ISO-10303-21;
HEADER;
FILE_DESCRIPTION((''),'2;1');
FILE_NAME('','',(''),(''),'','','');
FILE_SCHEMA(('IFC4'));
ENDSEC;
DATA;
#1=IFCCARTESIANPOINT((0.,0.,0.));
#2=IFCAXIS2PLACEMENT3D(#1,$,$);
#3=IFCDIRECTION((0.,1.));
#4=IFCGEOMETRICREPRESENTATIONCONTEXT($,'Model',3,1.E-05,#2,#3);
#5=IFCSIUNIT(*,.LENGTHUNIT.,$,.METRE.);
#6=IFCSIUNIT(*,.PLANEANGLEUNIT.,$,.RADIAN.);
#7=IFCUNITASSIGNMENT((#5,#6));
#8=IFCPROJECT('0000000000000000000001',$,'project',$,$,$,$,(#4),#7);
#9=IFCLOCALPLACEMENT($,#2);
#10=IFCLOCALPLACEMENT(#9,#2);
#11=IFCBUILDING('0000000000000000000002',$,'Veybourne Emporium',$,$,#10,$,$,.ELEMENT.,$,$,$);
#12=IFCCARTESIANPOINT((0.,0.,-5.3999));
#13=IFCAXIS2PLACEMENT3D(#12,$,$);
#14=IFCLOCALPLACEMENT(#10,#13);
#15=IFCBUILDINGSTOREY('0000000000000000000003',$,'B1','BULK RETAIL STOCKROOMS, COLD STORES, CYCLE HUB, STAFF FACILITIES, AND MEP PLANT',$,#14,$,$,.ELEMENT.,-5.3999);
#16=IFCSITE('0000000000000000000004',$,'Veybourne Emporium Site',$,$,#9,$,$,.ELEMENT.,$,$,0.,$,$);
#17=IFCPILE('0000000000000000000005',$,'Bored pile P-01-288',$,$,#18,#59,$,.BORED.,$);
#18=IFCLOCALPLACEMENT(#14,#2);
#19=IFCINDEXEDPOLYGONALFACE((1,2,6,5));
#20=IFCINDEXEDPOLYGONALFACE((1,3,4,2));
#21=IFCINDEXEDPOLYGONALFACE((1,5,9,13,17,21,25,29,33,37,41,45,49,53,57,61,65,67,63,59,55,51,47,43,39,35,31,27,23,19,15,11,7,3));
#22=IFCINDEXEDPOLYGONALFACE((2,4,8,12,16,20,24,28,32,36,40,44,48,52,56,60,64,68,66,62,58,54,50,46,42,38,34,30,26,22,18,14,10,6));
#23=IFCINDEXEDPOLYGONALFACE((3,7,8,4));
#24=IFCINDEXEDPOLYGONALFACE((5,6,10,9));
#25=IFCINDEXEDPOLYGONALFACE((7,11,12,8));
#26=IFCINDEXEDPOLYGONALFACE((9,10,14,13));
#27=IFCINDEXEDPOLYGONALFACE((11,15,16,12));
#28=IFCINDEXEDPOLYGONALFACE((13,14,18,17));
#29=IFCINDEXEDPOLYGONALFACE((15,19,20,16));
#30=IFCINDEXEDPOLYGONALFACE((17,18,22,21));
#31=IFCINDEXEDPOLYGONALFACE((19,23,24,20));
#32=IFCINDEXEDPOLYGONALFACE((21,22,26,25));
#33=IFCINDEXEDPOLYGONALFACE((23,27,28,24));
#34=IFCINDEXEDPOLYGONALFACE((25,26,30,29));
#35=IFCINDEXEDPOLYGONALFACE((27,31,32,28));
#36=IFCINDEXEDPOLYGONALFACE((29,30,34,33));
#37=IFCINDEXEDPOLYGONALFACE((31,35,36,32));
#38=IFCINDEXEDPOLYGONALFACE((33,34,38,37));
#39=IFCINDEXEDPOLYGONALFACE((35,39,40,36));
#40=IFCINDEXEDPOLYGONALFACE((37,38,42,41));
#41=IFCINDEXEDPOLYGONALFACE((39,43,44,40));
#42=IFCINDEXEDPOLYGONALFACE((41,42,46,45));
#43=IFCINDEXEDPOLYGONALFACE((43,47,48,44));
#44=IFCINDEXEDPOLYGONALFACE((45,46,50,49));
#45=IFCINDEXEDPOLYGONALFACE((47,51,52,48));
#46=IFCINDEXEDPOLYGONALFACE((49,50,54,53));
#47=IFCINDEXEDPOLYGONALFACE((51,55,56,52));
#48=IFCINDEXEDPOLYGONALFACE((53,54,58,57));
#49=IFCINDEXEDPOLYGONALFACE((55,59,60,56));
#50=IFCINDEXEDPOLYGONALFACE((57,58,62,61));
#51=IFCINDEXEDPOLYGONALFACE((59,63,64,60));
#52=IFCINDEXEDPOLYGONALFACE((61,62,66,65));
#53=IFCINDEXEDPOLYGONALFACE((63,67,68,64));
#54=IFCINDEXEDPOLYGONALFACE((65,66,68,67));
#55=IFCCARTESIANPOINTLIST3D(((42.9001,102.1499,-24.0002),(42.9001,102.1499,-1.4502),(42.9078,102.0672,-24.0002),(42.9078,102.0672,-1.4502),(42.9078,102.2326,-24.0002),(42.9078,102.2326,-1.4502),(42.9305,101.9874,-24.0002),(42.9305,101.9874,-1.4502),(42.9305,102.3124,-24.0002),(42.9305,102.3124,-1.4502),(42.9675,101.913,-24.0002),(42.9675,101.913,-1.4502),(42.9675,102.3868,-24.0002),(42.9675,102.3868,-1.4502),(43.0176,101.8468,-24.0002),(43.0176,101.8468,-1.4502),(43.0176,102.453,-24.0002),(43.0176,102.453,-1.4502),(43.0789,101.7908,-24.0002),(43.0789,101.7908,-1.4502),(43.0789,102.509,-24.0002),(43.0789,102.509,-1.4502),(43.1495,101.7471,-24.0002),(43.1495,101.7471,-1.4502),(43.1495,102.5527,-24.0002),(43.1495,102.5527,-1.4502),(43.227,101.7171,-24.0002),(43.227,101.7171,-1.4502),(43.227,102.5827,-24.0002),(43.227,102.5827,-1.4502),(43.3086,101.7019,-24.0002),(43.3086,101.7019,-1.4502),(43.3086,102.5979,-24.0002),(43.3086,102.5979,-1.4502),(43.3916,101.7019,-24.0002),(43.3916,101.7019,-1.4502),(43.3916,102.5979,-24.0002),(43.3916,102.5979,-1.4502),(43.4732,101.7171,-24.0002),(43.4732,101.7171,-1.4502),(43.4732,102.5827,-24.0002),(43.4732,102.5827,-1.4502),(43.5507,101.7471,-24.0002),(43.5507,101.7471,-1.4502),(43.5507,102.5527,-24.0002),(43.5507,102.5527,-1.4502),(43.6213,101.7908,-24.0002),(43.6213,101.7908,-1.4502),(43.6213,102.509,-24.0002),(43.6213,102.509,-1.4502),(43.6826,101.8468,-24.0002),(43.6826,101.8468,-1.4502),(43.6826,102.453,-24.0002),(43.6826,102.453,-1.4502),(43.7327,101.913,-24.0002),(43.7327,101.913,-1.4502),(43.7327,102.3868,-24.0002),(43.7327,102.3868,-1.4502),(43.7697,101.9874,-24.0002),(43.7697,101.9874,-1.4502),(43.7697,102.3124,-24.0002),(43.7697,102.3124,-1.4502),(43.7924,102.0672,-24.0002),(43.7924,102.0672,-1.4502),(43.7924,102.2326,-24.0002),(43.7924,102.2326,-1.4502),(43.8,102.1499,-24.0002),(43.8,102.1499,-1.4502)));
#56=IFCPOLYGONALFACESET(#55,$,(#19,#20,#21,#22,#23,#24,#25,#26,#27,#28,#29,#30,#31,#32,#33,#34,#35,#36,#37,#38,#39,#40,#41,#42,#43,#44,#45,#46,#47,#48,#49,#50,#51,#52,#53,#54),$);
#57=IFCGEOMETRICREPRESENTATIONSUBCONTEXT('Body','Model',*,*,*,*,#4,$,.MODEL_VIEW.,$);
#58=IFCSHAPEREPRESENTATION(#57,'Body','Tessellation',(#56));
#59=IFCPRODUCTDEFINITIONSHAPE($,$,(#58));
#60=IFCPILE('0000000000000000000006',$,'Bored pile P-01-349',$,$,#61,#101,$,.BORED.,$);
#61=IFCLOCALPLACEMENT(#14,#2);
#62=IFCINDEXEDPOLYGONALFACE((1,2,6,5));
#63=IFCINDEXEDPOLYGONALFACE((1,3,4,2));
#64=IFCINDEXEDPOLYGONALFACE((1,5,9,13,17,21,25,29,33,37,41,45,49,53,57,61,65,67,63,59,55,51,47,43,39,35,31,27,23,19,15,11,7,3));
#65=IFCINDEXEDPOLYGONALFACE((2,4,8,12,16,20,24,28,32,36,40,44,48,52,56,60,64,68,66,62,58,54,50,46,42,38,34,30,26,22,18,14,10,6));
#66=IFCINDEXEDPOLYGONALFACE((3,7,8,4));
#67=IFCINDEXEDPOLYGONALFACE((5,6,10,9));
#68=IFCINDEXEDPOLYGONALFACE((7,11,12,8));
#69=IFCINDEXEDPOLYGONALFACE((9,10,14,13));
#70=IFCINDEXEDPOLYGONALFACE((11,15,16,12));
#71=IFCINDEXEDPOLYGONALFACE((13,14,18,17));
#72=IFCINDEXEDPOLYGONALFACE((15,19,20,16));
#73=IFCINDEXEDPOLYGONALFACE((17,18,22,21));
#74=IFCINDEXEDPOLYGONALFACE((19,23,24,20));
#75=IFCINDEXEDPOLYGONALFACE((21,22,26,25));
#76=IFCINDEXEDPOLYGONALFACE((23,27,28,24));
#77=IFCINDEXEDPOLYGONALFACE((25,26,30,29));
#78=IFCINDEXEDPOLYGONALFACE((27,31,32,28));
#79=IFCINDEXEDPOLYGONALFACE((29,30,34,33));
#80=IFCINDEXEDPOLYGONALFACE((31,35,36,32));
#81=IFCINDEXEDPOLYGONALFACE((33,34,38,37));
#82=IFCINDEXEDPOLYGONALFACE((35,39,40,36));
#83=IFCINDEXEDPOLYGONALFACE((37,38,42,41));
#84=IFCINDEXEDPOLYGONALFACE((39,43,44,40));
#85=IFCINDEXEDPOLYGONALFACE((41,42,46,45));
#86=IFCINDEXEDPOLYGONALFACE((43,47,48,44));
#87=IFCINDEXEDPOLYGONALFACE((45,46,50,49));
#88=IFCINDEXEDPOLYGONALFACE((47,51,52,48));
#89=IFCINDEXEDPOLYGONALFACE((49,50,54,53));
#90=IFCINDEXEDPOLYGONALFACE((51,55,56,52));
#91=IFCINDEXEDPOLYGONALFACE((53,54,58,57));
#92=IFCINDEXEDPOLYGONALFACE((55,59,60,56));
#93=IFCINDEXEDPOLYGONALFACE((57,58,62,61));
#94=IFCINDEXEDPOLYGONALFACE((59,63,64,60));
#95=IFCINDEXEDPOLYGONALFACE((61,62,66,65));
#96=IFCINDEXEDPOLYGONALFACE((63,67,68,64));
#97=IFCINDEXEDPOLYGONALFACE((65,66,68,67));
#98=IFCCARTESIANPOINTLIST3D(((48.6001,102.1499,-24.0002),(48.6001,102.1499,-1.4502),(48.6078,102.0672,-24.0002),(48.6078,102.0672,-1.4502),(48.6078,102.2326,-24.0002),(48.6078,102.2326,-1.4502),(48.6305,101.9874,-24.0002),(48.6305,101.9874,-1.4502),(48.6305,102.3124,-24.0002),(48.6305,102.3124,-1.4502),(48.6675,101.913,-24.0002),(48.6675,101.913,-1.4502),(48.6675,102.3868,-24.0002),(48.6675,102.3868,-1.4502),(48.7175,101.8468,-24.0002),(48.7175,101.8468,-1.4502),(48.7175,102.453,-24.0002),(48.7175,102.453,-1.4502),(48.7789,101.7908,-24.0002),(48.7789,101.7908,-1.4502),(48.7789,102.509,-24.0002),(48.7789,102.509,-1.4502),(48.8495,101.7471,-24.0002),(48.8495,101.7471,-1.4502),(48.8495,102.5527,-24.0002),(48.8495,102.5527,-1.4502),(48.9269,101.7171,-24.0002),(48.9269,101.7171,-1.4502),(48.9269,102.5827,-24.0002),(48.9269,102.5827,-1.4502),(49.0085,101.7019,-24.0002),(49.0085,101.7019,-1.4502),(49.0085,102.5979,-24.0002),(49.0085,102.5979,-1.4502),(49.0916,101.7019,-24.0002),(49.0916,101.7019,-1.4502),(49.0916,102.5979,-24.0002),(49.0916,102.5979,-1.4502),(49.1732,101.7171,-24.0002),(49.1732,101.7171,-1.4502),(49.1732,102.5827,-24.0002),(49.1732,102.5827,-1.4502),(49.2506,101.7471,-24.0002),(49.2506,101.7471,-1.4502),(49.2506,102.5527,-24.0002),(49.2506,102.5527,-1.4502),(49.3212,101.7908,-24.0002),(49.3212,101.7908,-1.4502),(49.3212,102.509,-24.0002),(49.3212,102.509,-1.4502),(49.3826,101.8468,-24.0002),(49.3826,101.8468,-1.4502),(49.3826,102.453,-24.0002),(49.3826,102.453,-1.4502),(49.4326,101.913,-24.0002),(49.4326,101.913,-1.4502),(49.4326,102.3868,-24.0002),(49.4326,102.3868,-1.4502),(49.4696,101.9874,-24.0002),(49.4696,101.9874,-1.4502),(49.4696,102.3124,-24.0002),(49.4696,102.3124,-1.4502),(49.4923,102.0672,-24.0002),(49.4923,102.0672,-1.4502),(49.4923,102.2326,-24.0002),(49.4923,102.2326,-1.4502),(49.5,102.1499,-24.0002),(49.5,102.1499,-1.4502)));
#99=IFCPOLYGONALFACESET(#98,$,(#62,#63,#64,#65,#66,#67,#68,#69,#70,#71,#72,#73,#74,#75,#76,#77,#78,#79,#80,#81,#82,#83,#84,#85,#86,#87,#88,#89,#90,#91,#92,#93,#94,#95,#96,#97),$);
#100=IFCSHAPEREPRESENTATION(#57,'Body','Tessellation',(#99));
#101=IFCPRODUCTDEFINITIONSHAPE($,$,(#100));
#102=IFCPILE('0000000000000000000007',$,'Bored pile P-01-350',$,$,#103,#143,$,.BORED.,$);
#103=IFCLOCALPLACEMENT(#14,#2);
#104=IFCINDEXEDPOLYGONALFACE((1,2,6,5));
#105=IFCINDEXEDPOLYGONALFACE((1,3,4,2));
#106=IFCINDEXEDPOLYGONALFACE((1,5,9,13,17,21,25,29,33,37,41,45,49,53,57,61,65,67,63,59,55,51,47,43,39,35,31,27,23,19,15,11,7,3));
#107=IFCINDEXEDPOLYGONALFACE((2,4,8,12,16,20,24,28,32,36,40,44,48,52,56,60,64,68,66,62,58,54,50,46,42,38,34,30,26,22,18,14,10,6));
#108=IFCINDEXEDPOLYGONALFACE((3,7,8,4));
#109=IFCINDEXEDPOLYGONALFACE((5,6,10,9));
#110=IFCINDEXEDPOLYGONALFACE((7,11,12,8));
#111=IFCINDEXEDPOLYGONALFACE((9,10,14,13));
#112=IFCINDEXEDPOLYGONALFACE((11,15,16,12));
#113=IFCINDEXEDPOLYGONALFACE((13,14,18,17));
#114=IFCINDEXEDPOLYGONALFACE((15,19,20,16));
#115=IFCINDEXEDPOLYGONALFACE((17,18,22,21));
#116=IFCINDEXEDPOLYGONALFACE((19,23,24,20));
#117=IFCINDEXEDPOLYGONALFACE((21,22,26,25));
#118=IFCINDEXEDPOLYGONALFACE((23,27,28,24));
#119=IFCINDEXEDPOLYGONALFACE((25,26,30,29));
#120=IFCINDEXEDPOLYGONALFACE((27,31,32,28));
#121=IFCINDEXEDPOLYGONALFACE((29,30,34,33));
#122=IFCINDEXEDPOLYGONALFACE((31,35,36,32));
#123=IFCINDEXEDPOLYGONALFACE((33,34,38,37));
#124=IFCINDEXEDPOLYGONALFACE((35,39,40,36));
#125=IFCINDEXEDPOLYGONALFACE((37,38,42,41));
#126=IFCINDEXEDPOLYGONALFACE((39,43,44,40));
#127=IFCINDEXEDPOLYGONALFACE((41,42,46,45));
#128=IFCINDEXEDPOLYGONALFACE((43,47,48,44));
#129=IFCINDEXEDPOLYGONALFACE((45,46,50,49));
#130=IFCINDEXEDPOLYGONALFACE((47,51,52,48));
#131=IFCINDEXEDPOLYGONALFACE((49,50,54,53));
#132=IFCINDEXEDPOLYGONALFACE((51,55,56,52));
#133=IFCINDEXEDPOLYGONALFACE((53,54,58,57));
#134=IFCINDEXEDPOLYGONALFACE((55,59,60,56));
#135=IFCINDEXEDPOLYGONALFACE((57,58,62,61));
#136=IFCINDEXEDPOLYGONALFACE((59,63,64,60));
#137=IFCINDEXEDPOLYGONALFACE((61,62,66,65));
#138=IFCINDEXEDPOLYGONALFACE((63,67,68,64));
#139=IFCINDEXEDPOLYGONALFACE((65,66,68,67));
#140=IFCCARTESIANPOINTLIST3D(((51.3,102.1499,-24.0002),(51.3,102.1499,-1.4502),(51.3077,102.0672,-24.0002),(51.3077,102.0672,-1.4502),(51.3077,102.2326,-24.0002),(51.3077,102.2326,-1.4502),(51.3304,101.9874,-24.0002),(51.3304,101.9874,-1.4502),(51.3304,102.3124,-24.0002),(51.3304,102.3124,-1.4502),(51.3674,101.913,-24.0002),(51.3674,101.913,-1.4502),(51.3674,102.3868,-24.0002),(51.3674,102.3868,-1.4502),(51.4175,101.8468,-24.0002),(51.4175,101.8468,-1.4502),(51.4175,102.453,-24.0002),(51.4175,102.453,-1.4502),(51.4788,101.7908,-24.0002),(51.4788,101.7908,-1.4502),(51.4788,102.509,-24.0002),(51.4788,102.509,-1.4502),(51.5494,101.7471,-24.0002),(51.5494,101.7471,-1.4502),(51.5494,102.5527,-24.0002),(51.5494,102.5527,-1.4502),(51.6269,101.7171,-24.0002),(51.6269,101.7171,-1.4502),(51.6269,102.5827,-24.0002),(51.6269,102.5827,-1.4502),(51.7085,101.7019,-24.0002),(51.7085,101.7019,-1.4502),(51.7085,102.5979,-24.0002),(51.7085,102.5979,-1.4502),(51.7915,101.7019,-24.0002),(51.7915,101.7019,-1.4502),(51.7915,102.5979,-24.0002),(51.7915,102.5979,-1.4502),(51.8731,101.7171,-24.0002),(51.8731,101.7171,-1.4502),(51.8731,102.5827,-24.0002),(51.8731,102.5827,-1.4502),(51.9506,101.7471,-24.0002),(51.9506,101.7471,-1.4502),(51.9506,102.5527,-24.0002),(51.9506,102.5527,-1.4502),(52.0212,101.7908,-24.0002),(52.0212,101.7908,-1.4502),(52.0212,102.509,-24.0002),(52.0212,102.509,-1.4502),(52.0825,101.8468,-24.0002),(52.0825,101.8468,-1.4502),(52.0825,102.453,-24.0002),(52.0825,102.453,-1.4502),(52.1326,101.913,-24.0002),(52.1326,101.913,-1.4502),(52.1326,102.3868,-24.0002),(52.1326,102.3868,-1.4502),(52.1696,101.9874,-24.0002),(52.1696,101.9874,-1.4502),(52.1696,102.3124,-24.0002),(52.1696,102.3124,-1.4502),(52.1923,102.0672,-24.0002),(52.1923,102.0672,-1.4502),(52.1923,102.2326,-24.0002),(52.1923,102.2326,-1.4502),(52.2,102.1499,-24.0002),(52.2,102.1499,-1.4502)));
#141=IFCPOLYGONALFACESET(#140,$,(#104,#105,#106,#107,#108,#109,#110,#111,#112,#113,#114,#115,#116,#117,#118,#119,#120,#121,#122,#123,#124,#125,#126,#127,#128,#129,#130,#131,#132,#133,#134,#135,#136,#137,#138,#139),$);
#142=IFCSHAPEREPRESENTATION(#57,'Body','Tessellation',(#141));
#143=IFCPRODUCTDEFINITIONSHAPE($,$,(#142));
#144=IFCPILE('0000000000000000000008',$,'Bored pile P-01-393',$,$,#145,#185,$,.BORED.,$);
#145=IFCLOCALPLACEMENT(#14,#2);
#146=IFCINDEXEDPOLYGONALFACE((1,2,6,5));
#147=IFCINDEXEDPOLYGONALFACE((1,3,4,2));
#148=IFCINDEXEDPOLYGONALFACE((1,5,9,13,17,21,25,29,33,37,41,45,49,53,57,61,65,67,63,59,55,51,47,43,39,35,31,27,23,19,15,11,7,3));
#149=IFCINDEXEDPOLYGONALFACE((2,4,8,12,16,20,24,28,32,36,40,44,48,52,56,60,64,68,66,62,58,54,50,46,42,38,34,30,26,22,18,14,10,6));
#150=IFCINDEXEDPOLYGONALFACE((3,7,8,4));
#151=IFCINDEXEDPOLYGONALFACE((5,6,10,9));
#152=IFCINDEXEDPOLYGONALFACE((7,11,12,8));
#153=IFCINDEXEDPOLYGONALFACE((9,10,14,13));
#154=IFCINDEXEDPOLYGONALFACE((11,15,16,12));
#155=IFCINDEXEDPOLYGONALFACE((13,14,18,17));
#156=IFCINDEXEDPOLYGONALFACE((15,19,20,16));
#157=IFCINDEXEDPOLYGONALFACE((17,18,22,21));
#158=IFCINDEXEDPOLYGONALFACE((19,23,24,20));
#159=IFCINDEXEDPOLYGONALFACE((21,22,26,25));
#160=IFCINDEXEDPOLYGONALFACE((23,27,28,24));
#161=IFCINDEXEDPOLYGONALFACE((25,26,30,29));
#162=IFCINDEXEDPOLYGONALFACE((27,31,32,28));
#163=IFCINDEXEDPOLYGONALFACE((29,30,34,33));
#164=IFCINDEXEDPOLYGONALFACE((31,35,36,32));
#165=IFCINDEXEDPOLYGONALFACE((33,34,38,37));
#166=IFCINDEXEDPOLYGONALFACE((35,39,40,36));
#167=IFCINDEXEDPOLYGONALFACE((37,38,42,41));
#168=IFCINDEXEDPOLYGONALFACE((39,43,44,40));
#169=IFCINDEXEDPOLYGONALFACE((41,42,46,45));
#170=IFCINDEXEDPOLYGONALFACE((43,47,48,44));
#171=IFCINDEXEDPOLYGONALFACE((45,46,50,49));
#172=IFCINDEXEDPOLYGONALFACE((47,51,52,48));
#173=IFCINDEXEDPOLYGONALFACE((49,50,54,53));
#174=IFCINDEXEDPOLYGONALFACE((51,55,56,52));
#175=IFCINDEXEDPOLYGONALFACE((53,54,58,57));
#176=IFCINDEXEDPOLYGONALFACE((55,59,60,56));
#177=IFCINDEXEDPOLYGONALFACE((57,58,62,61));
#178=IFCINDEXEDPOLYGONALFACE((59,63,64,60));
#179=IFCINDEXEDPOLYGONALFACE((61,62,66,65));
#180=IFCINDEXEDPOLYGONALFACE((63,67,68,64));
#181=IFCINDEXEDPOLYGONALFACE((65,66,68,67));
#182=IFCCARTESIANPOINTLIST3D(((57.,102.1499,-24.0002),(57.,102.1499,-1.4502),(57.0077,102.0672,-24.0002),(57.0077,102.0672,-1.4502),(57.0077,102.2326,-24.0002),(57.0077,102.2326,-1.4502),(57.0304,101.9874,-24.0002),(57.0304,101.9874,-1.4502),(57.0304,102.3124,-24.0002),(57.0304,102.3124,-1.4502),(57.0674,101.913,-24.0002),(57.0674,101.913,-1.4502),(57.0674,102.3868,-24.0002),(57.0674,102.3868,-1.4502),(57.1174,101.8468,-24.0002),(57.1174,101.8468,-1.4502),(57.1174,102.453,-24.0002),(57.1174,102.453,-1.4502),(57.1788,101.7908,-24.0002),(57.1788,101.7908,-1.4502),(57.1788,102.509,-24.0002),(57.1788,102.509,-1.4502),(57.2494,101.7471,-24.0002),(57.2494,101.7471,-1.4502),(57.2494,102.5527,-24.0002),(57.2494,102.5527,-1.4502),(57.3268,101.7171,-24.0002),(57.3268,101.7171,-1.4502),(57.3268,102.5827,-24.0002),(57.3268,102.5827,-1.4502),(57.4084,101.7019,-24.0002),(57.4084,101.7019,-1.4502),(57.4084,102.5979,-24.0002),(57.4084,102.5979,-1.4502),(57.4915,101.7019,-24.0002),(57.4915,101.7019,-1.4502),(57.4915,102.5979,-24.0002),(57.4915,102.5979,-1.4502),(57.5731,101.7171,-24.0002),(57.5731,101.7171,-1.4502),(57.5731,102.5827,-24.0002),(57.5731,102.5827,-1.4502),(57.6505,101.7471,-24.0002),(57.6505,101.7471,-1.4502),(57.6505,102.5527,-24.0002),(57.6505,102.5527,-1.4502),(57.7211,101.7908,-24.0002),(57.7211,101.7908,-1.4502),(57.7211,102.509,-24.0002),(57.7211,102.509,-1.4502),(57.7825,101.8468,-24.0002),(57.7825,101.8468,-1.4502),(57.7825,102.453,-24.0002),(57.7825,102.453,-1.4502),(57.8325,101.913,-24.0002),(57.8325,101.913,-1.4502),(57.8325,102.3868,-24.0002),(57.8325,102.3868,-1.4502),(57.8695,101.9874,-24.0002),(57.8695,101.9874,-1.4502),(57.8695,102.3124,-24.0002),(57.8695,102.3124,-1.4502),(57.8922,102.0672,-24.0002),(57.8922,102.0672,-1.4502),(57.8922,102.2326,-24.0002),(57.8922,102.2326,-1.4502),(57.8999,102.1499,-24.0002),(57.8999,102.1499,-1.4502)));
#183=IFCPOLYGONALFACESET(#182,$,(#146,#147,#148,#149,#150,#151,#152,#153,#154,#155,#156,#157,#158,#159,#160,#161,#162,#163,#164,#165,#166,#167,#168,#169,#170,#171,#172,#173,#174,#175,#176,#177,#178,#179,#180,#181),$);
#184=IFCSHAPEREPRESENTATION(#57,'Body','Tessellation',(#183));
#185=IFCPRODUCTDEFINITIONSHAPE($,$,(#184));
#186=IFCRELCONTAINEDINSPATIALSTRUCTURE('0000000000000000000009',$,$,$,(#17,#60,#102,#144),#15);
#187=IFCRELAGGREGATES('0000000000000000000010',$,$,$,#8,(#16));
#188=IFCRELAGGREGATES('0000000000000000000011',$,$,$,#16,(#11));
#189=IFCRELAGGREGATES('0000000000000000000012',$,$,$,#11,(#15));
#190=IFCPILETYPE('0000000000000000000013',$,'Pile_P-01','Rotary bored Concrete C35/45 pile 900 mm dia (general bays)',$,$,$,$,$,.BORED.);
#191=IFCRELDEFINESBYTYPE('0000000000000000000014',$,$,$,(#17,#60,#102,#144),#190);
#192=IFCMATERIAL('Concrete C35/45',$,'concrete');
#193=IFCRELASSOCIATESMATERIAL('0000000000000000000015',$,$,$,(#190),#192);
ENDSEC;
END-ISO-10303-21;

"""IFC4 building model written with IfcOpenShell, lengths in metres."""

from ifc_helpers import new_model, si_unit, direction, frame, origin, origin_2d, place, context, subcontext, project, spatial, circle, extrude, material, material_profile, profile_set, type_object, element, save


model = new_model("IFC4")

# Units and contexts
model_context = context("Model", 3, precision=1e-05, world=origin(), true_north=direction((0.0, 1.0)))
body_context = subcontext(model_context, "Body", "Model", "MODEL_VIEW")
ifc_project = project(units=[si_unit("LENGTHUNIT", "METRE"), si_unit("PLANEANGLEUNIT", "RADIAN")], contexts=[model_context])

# Site, building, storey
site_placement = place(None, origin())
site = spatial("IfcSite", under=ifc_project, at=site_placement, Name="Veybourne Emporium Site", CompositionType="ELEMENT", RefElevation=0.0)
building_placement = place(site_placement, origin())
building = spatial("IfcBuilding", under=site, at=building_placement, Name="Veybourne Emporium", CompositionType="ELEMENT")
storey_placement = place(building_placement, frame((0.0, 0.0, -5.3999)))
storey = spatial("IfcBuildingStorey", under=building, at=storey_placement, Name="B1", Description="BULK RETAIL STOCKROOMS, COLD STORES, CYCLE HUB, STAFF FACILITIES, AND MEP PLANT", CompositionType="ELEMENT", Elevation=-5.3999)

# Shared definitions
ifc_material_1 = material(Name="Concrete C35/45", Category="concrete")

# Piles
ifc_material_profile_1 = material_profile(ifc_material_1, circle(Radius=0.45, at=origin_2d()), Name="BORED PILE 900")
ifc_profile_set_1 = profile_set([ifc_material_profile_1], Name="Concrete C35/45")
pile_type_1 = type_object("IfcPileType", Name="Pile_P-01", Description="Rotary bored Concrete C35/45 pile 900 mm dia (general bays)", PredefinedType="BORED", material=ifc_profile_set_1)
for number, where, z_axis, x_axis, name in (
    (1, (43.3501, 102.1499, -1.4502), (0.0, 0.0, -1.0), (1.0, 0.0, 0.0), "Bored pile P-01-288"),
    (2, (49.05, 102.1499, -1.4502), (0.0, 0.0, -1.0), (1.0, 0.0, 0.0), "Bored pile P-01-349"),
    (3, (51.75, 102.1499, -1.4502), (0.0, 0.0, -1.0), (1.0, 0.0, 0.0), "Bored pile P-01-350"),
    (4, (57.45, 102.1499, -1.4502), (0.0, 0.0, -1.0), (1.0, 0.0, 0.0), "Bored pile P-01-393"),
):
    element("IfcPile", number, at=place(storey_placement, frame(where, z_axis=z_axis, x_axis=x_axis)), inside=storey, type_object=pile_type_1, Name=name, PredefinedType="BORED", context=body_context, shape_type="SweptSolid", body=[
        extrude(circle(Radius=0.45, at=origin_2d()), origin(), (0.0, 0.0, 1.0), 22.55),
    ])

save(model, "model.ifc")
